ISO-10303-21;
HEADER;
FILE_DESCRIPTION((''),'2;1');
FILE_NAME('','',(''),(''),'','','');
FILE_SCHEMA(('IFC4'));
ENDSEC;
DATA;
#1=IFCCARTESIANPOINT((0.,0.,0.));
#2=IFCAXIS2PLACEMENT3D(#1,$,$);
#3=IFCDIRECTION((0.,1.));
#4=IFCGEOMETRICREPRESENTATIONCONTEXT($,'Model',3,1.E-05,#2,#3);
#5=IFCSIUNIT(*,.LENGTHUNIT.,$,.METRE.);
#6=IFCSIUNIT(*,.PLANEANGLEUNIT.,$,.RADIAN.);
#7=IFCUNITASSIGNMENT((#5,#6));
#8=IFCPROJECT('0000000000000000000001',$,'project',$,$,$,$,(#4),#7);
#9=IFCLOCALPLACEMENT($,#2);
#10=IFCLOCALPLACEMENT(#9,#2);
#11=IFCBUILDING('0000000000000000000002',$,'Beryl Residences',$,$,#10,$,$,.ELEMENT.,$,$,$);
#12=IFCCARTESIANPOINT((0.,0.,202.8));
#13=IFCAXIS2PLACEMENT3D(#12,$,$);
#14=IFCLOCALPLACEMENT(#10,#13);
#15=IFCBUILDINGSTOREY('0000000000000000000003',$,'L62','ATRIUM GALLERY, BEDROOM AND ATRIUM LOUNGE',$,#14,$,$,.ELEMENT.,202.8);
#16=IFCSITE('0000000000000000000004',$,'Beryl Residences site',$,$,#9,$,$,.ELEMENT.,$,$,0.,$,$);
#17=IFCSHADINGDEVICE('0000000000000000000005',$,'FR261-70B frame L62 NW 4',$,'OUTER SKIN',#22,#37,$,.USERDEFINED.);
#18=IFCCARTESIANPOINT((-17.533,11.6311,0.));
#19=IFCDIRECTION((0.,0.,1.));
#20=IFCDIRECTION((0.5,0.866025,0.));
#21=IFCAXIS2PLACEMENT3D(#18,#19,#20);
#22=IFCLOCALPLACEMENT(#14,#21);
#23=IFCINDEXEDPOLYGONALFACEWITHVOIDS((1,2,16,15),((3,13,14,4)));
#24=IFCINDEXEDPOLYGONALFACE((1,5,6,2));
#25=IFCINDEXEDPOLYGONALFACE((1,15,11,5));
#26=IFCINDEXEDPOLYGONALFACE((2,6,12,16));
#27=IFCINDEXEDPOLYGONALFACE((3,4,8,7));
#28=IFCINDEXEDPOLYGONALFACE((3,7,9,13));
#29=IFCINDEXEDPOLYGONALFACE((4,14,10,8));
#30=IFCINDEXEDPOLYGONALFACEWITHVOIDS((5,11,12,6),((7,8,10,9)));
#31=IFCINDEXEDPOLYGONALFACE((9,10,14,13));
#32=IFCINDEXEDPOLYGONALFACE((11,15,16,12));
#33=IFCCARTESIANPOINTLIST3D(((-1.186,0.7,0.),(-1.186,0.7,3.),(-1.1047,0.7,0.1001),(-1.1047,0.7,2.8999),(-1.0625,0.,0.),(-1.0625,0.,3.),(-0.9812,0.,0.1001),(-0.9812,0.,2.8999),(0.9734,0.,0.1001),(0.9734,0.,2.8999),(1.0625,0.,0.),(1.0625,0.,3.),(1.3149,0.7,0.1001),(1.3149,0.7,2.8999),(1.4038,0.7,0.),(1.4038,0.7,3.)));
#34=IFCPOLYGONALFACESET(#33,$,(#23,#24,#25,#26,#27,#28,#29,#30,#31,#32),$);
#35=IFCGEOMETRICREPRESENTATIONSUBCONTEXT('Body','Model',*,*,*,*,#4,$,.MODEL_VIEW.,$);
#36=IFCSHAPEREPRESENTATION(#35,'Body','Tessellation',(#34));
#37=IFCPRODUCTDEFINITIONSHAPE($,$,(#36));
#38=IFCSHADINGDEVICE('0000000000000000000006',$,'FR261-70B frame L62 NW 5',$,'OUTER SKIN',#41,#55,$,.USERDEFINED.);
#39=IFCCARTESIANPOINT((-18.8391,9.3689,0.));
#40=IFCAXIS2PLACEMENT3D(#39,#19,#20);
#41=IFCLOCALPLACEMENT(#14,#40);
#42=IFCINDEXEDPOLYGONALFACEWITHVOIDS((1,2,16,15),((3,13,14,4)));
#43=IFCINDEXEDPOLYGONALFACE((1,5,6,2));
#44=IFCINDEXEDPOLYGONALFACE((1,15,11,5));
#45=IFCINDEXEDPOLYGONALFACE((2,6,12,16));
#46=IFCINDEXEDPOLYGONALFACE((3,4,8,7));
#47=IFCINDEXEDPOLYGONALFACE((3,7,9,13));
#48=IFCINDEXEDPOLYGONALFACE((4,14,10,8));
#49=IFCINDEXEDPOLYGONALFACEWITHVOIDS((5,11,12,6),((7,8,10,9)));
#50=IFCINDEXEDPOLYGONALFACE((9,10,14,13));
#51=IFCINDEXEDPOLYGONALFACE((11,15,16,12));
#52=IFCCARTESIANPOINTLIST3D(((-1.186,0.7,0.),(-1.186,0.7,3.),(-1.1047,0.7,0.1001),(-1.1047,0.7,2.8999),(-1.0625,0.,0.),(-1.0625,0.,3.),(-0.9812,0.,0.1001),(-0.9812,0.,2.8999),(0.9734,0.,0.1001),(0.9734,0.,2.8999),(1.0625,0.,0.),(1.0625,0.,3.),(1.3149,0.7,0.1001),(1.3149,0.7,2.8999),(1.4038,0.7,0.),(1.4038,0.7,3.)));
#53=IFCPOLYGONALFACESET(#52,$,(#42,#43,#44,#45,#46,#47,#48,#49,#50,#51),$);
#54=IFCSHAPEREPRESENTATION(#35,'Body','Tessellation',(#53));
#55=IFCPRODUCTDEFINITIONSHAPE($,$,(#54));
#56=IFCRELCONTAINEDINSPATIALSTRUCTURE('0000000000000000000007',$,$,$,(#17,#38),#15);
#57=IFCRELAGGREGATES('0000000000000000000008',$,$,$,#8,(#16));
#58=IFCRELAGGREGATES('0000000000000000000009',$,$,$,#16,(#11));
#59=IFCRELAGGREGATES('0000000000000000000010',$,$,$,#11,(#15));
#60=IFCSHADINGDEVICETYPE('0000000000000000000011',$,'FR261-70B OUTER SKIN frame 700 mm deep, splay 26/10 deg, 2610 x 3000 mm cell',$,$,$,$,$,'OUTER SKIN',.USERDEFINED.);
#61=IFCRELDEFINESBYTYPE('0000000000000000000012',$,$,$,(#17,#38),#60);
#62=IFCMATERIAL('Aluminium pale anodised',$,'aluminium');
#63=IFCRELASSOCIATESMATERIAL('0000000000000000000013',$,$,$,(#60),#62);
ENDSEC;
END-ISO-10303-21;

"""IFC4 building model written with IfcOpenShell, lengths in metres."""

from ifc_helpers import new_model, entity, si_unit, direction, frame, origin, place, context, subcontext, project, spatial, source, transform, mapped, material, type_object, type_shapes, element, save


model = new_model("IFC4")

# Units and contexts
model_context = context("Model", 3, precision=1e-05, world=origin(), true_north=direction((0.0, 1.0)))
body_context = subcontext(model_context, "Body", "Model", "MODEL_VIEW")
ifc_project = project(units=[si_unit("LENGTHUNIT", "METRE"), si_unit("PLANEANGLEUNIT", "RADIAN")], contexts=[model_context])

# Site, building, storey
site_placement = place(None, origin())
site = spatial("IfcSite", under=ifc_project, at=site_placement, Name="Beryl Residences site", CompositionType="ELEMENT", RefElevation=0.0)
building_placement = place(site_placement, origin())
building = spatial("IfcBuilding", under=site, at=building_placement, Name="Beryl Residences", CompositionType="ELEMENT")
storey_placement = place(building_placement, frame((0.0, 0.0, 202.8)))
storey = spatial("IfcBuildingStorey", under=building, at=storey_placement, Name="L62", Description="ATRIUM GALLERY, BEDROOM AND ATRIUM LOUNGE", CompositionType="ELEMENT", Elevation=202.8)

# Shading devices
ifc_material_1 = material(Name="Aluminium pale anodised", Category="aluminium")
shading_device_type = type_object("IfcShadingDeviceType", Name="FR261-70B OUTER SKIN frame 700 mm deep, splay 26/10 deg, 2610 x 3000 mm cell", ElementType="OUTER SKIN", PredefinedType="USERDEFINED", material=ifc_material_1)
cartesian_point_1 = entity("IfcCartesianPoint", [-1.0625, 0.0])
cartesian_point_2 = entity("IfcCartesianPoint", [-0.9734, 0.1001])
cartesian_point_3 = entity("IfcCartesianPoint", [-1.4038, 0.0])
cartesian_point_4 = entity("IfcCartesianPoint", [-1.3149, 0.1001])
shared_shape_1 = source(origin(), body_context, "Body", "SweptSolid", [
    entity("IfcExtrudedAreaSolidTapered", entity("IfcArbitraryProfileDefWithVoids", "AREA", None, entity("IfcPolyline", [cartesian_point_1, entity("IfcCartesianPoint", [1.0625, 0.0]), entity("IfcCartesianPoint", [1.0625, 3.0]), entity("IfcCartesianPoint", [-1.0625, 3.0]), cartesian_point_1]), [entity("IfcPolyline", [cartesian_point_2, entity("IfcCartesianPoint", [0.9812, 0.1001]), entity("IfcCartesianPoint", [0.9812, 2.8999]), entity("IfcCartesianPoint", [-0.9734, 2.8999]), cartesian_point_2])]), entity("IfcAxis2Placement3D", entity("IfcCartesianPoint", [0.0, 0.0, 0.0]), entity("IfcDirection", [0.0, 1.0, 0.0]), entity("IfcDirection", [-1.0, 0.0, 0.0])), entity("IfcDirection", [0.0, 0.0, 1.0]), 0.7, entity("IfcArbitraryProfileDefWithVoids", "AREA", None, entity("IfcPolyline", [cartesian_point_3, entity("IfcCartesianPoint", [1.186, 0.0]), entity("IfcCartesianPoint", [1.186, 3.0]), entity("IfcCartesianPoint", [-1.4038, 3.0]), cartesian_point_3]), [entity("IfcPolyline", [cartesian_point_4, entity("IfcCartesianPoint", [1.1047, 0.1001]), entity("IfcCartesianPoint", [1.1047, 2.8999]), entity("IfcCartesianPoint", [-1.3149, 2.8999]), cartesian_point_4])])),
])
type_shapes(shading_device_type, [shared_shape_1])
for number, where, z_axis, x_axis, name in (
    (1, (-17.533, 11.6311, 0.0), (0.0, 0.0, 1.0), (0.5, 0.866025, 0.0), "FR261-70B frame L62 NW 4"),
    (2, (-18.8391, 9.3689, 0.0), (0.0, 0.0, 1.0), (0.5, 0.866025, 0.0), "FR261-70B frame L62 NW 5"),
):
    element("IfcShadingDevice", number, at=place(storey_placement, frame(where, z_axis=z_axis, x_axis=x_axis)), inside=storey, type_object=shading_device_type, Name=name, ObjectType="OUTER SKIN", PredefinedType="USERDEFINED", context=body_context, shape_type="MappedRepresentation", body=[
        mapped(shared_shape_1, transform((0.0, 0.0, 0.0))),
    ])

save(model, "model.ifc")
